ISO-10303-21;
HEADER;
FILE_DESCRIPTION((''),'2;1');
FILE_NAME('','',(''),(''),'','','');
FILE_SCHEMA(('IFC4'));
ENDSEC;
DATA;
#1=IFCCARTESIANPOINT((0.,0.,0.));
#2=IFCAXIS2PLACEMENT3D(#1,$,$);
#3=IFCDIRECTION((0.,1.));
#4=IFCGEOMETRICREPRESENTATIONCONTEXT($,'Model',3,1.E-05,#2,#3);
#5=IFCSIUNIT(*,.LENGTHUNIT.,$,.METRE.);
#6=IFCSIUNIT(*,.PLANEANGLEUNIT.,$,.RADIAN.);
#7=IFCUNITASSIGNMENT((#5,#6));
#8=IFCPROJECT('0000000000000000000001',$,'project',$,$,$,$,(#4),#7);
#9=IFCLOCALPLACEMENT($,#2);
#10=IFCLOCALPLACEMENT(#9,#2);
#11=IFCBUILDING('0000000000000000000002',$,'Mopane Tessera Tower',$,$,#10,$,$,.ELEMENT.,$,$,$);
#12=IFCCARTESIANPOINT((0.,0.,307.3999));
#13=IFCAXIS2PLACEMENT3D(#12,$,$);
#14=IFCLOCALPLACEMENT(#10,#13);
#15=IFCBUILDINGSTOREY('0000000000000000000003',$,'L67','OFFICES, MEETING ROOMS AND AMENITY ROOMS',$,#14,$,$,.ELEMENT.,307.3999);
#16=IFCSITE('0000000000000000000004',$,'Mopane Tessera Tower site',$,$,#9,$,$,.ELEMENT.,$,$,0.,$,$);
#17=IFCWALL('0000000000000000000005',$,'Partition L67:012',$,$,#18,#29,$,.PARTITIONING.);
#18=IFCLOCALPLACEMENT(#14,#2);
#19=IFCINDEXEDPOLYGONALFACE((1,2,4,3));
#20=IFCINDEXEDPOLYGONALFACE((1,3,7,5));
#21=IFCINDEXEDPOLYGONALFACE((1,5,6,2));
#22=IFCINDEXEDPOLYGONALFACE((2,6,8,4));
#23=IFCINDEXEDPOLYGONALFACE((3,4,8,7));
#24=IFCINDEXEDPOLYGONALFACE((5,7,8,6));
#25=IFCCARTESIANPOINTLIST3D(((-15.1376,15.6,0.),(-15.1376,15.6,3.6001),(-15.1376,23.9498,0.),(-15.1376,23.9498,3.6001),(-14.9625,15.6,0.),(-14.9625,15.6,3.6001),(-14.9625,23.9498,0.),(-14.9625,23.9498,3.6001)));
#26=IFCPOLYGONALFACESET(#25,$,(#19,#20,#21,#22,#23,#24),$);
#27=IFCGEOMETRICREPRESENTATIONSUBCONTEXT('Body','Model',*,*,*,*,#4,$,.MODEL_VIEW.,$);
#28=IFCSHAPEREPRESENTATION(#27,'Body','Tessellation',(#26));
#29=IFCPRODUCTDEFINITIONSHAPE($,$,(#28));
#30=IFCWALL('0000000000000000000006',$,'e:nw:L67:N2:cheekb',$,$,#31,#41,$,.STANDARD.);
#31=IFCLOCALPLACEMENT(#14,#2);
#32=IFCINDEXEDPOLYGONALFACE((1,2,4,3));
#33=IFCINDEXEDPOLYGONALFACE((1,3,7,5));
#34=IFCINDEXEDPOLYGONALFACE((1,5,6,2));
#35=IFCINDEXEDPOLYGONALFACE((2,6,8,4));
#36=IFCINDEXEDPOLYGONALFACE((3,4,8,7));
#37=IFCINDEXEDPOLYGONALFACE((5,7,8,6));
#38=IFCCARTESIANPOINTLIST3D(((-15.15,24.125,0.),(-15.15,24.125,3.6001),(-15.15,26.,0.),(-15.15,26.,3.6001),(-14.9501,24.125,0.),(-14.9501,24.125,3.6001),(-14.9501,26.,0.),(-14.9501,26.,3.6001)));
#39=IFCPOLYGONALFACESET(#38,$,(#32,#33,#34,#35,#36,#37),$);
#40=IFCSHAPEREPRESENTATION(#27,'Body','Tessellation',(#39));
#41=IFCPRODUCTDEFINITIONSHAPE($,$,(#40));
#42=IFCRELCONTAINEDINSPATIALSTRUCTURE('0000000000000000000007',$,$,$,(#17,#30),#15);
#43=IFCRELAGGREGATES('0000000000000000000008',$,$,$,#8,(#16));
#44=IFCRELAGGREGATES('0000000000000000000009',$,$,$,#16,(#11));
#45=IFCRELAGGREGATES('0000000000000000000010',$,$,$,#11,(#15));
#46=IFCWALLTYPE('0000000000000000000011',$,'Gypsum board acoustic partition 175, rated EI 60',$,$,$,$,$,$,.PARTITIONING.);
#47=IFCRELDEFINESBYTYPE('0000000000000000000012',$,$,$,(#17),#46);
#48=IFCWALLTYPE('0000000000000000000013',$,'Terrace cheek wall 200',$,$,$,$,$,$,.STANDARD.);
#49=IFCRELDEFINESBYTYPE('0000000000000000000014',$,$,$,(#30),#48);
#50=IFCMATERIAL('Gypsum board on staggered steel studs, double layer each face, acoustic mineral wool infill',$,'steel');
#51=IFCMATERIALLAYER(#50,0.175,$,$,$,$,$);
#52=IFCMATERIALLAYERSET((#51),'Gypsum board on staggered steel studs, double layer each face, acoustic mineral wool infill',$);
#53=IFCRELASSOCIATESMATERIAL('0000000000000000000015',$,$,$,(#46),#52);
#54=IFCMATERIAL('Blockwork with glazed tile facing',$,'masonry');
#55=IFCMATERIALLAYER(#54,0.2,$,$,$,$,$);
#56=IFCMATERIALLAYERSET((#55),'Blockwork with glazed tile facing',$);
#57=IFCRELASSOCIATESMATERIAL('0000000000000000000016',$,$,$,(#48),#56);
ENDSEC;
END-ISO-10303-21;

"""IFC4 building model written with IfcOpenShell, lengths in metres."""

from ifc_helpers import new_model, si_unit, direction, frame, frame_2d, origin, place, context, subcontext, project, spatial, rectangle, extrude, material, layer, layer_set, type_object, element, save


model = new_model("IFC4")

# Units and contexts
model_context = context("Model", 3, precision=1e-05, world=origin(), true_north=direction((0.0, 1.0)))
body_context = subcontext(model_context, "Body", "Model", "MODEL_VIEW")
ifc_project = project(units=[si_unit("LENGTHUNIT", "METRE"), si_unit("PLANEANGLEUNIT", "RADIAN")], contexts=[model_context])

# Site, building, storey
site_placement = place(None, origin())
site = spatial("IfcSite", under=ifc_project, at=site_placement, Name="Mopane Tessera Tower site", CompositionType="ELEMENT", RefElevation=0.0)
building_placement = place(site_placement, origin())
building = spatial("IfcBuilding", under=site, at=building_placement, Name="Mopane Tessera Tower", CompositionType="ELEMENT")
storey_placement = place(building_placement, frame((0.0, 0.0, 307.3999)))
storey = spatial("IfcBuildingStorey", under=building, at=storey_placement, Name="L67", Description="OFFICES, MEETING ROOMS AND AMENITY ROOMS", CompositionType="ELEMENT", Elevation=307.3999)

# Walls
ifc_material_1 = material(Name="Gypsum board on staggered steel studs, double layer each face, acoustic mineral wool infill", Category="steel")
ifc_layer_1 = layer(ifc_material_1, 0.175)
ifc_layer_set_1 = layer_set([ifc_layer_1], Name="Gypsum board on staggered steel studs, double layer each face, acoustic mineral wool infill")
wall_type_1 = type_object("IfcWallType", Name="Gypsum board acoustic partition 175, rated EI 60", PredefinedType="PARTITIONING", material=ifc_layer_set_1)
wall_1_placement = place(storey_placement, frame((-15.05, 15.6001, 0.0), z_axis=(0.0, 0.0, 1.0), x_axis=(0.0, 1.0, 0.0)))
element("IfcWall", 1, at=wall_1_placement, inside=storey, type_object=wall_type_1, Name="Partition L67:012", PredefinedType="PARTITIONING", context=body_context, shape_type="SweptSolid", body=[
    extrude(rectangle(XDim=8.3499, YDim=0.175, at=frame_2d((4.1748, 0.0))), origin(), (0.0, 0.0, 1.0), 3.6001),
])
ifc_material_2 = material(Name="Blockwork with glazed tile facing", Category="masonry")
ifc_layer_2 = layer(ifc_material_2, 0.2)
ifc_layer_set_2 = layer_set([ifc_layer_2], Name="Blockwork with glazed tile facing")
wall_type_2 = type_object("IfcWallType", Name="Terrace cheek wall 200", PredefinedType="STANDARD", material=ifc_layer_set_2)
wall_2_placement = place(storey_placement, frame((-15.05, 26.0, 0.0), z_axis=(0.0, 0.0, 1.0), x_axis=(0.0, -1.0, 0.0)))
element("IfcWall", 2, at=wall_2_placement, inside=storey, type_object=wall_type_2, Name="e:nw:L67:N2:cheekb", PredefinedType="STANDARD", context=body_context, shape_type="SweptSolid", body=[
    extrude(rectangle(XDim=1.875, YDim=0.2, at=frame_2d((0.9375, 0.0))), origin(), (0.0, 0.0, 1.0), 3.6001),
])

save(model, "model.ifc")
